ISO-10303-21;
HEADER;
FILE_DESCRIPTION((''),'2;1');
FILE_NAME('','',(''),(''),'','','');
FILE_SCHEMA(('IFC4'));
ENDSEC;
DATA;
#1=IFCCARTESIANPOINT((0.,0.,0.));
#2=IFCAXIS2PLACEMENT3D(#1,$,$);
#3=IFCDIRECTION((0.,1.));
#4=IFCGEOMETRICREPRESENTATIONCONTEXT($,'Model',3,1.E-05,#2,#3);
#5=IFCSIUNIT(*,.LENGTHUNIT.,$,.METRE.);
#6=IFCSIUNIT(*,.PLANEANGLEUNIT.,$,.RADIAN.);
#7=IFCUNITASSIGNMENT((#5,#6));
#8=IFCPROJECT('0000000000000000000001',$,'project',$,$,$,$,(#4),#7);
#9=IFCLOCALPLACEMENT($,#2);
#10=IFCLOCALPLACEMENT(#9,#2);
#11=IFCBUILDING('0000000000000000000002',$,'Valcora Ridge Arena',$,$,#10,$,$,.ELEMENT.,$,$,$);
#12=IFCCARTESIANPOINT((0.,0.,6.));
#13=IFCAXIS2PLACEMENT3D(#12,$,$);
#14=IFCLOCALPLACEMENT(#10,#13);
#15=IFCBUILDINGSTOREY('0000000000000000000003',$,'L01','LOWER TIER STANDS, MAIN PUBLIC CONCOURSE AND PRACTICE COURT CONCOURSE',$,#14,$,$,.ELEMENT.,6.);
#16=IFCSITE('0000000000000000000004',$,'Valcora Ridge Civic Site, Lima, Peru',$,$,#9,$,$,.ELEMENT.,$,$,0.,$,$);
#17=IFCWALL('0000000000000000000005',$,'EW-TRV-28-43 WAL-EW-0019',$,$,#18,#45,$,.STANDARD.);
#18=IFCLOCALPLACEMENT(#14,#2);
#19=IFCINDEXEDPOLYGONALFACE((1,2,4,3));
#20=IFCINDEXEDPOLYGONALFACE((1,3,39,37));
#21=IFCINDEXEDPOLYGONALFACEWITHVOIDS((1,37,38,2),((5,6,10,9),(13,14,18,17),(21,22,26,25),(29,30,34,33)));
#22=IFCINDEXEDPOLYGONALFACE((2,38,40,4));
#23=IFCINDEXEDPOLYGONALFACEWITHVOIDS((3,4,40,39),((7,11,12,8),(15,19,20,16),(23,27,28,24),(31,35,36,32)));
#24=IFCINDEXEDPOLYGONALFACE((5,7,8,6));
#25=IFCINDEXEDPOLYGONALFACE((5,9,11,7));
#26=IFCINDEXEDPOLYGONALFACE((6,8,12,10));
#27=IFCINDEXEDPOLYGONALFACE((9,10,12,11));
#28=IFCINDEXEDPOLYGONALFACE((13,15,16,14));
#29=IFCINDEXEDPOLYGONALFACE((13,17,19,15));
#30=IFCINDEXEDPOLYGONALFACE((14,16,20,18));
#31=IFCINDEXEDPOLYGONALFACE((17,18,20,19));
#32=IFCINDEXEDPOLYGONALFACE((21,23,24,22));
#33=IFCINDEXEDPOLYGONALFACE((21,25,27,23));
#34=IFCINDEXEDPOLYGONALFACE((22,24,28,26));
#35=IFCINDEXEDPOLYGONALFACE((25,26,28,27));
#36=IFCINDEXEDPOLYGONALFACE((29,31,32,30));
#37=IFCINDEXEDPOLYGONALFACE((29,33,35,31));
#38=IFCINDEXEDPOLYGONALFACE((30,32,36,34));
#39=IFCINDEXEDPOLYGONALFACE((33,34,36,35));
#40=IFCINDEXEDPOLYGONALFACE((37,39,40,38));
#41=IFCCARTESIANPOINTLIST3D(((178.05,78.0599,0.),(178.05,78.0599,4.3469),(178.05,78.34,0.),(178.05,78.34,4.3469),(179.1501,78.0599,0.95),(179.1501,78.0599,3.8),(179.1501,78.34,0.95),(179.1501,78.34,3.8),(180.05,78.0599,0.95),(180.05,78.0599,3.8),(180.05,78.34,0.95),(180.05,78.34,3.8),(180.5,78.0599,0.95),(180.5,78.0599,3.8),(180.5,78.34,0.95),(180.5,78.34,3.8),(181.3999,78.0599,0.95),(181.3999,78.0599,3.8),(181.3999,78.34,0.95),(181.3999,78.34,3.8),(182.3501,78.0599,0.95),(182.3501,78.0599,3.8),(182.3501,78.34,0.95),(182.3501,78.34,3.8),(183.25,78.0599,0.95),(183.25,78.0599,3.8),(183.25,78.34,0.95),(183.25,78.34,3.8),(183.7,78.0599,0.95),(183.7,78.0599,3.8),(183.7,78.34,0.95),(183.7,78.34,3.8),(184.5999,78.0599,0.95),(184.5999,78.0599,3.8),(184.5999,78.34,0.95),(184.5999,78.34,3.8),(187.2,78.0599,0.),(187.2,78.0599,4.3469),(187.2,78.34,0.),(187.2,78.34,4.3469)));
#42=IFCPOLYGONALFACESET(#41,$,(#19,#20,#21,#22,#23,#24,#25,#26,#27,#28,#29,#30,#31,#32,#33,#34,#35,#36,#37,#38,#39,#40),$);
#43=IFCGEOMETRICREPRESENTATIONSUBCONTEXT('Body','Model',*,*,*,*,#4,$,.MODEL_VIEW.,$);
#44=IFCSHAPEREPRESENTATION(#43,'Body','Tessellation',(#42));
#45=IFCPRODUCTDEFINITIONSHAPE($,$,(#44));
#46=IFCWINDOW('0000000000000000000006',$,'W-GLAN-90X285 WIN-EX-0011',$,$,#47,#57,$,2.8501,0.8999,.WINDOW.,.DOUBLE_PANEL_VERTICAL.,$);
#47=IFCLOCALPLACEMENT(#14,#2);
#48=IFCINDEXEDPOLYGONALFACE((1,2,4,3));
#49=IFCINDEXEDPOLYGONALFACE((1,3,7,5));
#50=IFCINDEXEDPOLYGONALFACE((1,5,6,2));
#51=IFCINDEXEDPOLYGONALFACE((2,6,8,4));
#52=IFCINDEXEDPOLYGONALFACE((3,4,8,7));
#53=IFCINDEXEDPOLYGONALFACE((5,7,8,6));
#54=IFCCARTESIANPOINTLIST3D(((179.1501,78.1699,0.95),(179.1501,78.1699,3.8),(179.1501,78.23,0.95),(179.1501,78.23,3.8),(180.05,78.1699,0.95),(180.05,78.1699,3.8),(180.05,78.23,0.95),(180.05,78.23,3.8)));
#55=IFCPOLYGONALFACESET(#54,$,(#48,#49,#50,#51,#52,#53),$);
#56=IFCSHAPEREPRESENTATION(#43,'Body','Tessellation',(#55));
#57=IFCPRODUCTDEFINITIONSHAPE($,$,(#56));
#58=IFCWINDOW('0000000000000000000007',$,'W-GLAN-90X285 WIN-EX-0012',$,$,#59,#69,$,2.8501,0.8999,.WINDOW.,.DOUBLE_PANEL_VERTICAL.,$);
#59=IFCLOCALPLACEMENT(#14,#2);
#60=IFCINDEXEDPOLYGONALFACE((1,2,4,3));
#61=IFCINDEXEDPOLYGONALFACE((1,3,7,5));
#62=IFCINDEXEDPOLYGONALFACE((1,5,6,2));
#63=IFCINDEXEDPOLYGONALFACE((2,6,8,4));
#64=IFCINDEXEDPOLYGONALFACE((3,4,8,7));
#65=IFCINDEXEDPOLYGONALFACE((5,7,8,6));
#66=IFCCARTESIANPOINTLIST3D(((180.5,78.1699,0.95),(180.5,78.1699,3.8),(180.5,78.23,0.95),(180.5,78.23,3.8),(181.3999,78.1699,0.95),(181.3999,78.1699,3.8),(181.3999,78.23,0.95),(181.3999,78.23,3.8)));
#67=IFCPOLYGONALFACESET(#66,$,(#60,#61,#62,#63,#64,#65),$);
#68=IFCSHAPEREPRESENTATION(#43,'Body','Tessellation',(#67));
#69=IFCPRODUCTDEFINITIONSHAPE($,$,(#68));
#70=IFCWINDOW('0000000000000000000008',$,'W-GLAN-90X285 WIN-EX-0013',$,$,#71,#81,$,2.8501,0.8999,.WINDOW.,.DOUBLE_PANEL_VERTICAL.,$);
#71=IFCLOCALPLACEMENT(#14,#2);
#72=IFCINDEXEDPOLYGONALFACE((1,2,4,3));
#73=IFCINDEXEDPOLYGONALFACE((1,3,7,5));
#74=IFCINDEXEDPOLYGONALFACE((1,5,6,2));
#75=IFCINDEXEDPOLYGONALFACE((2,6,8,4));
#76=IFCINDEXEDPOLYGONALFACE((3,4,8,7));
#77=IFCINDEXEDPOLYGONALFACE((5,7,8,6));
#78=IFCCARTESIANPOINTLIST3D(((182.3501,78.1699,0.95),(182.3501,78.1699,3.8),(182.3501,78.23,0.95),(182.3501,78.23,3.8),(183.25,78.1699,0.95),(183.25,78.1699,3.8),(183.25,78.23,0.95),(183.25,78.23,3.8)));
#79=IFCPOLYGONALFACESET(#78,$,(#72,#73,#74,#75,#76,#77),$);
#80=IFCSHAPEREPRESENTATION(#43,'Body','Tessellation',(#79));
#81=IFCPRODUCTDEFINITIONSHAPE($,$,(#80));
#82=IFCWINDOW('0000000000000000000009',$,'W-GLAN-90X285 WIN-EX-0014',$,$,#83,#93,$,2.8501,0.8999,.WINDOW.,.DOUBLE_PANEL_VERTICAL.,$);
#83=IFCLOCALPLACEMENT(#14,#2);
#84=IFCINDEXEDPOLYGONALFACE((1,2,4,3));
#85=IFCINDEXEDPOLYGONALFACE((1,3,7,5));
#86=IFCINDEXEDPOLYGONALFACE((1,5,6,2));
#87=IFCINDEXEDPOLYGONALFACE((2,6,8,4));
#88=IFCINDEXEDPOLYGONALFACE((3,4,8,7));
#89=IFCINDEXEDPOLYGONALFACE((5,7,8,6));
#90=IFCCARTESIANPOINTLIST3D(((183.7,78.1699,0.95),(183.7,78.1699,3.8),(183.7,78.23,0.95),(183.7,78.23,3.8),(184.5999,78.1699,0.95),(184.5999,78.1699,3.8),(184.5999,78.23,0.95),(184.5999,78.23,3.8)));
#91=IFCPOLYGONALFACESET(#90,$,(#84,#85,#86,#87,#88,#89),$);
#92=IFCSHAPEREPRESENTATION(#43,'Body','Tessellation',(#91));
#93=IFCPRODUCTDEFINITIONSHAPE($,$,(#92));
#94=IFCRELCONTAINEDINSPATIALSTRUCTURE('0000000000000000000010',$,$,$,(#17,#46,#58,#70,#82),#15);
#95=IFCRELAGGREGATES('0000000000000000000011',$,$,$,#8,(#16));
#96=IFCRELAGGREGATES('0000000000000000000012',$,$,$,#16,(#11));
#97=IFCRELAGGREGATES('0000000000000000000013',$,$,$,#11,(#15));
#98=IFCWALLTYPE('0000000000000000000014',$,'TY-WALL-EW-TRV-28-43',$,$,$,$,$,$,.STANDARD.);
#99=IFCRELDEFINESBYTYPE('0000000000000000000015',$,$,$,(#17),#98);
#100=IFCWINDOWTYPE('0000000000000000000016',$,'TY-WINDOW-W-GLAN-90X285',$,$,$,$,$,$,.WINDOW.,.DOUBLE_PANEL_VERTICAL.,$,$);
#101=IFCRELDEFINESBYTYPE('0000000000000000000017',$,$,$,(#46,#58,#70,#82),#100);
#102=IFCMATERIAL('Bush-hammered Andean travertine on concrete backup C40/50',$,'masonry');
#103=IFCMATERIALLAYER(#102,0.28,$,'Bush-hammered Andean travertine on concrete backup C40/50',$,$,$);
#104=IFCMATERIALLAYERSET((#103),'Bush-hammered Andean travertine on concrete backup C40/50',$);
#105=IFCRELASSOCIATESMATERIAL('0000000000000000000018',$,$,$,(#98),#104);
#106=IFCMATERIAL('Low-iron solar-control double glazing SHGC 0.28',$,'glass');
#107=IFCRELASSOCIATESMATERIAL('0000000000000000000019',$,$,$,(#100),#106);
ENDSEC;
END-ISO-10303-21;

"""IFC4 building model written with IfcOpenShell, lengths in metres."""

from ifc_helpers import new_model, si_unit, direction, frame, frame_2d, origin, place, context, subcontext, project, spatial, rectangle, extrude, material, layer, layer_set, type_object, element, fill, save


model = new_model("IFC4")

# Units and contexts
model_context = context("Model", 3, precision=1e-05, world=origin(), true_north=direction((0.0, 1.0)))
body_context = subcontext(model_context, "Body", "Model", "MODEL_VIEW")
ifc_project = project(units=[si_unit("LENGTHUNIT", "METRE"), si_unit("PLANEANGLEUNIT", "RADIAN")], contexts=[model_context])

# Site, building, storey
site_placement = place(None, origin())
site = spatial("IfcSite", under=ifc_project, at=site_placement, Name="Valcora Ridge Civic Site, Lima, Peru", CompositionType="ELEMENT", RefElevation=0.0)
building_placement = place(site_placement, origin())
building = spatial("IfcBuilding", under=site, at=building_placement, Name="Valcora Ridge Arena", CompositionType="ELEMENT")
storey_placement = place(building_placement, frame((0.0, 0.0, 6.0)))
storey = spatial("IfcBuildingStorey", under=building, at=storey_placement, Name="L01", Description="LOWER TIER STANDS, MAIN PUBLIC CONCOURSE AND PRACTICE COURT CONCOURSE", CompositionType="ELEMENT", Elevation=6.0)

# Shared definitions
ifc_material_1 = material(Name="Low-iron solar-control double glazing SHGC 0.28", Category="glass")

# Wall, openings, windows
ifc_material_2 = material(Name="Bush-hammered Andean travertine on concrete backup C40/50", Category="masonry")
ifc_layer_1 = layer(ifc_material_2, 0.28, Name="Bush-hammered Andean travertine on concrete backup C40/50")
ifc_layer_set_1 = layer_set([ifc_layer_1], Name="Bush-hammered Andean travertine on concrete backup C40/50")
wall_type = type_object("IfcWallType", Name="TY-WALL-EW-TRV-28-43", PredefinedType="STANDARD", material=ifc_layer_set_1)
wall_placement = place(storey_placement, frame((178.05, 78.2, 0.0), z_axis=(0.0, 0.0, 1.0), x_axis=(1.0, 0.0, 0.0)))
wall = element("IfcWall", 1, at=wall_placement, inside=storey, type_object=wall_type, Name="EW-TRV-28-43 WAL-EW-0019", PredefinedType="STANDARD", context=body_context, shape_type="SweptSolid", body=[
    extrude(rectangle(XDim=9.1499, YDim=0.28, at=frame_2d((4.575, 0.0))), origin(), (0.0, 0.0, 1.0), 4.3469),
])
opening_1_placement = place(wall_placement, frame((1.1001, 0.0, 0.95)))
opening_1 = element("IfcOpeningElement", 2, at=opening_1_placement, cuts=wall, PredefinedType="OPENING", context=body_context, shape_type="SweptSolid", body=[
    extrude(rectangle(XDim=0.8999, YDim=2.8501, at=frame_2d((0.45, 1.425))), frame((0.0, 0.1499, 0.0), z_axis=(0.0, -1.0, 0.0), x_axis=(1.0, 0.0, 0.0)), (0.0, 0.0, 1.0), 0.3),
])
opening_2_placement = place(wall_placement, frame((2.45, 0.0, 0.95)))
opening_2 = element("IfcOpeningElement", 3, at=opening_2_placement, cuts=wall, PredefinedType="OPENING", context=body_context, shape_type="SweptSolid", body=[
    extrude(rectangle(XDim=0.8999, YDim=2.8501, at=frame_2d((0.45, 1.425))), frame((0.0, 0.1499, 0.0), z_axis=(0.0, -1.0, 0.0), x_axis=(1.0, 0.0, 0.0)), (0.0, 0.0, 1.0), 0.3),
])
opening_3_placement = place(wall_placement, frame((4.3, 0.0, 0.95)))
opening_3 = element("IfcOpeningElement", 4, at=opening_3_placement, cuts=wall, PredefinedType="OPENING", context=body_context, shape_type="SweptSolid", body=[
    extrude(rectangle(XDim=0.8999, YDim=2.8501, at=frame_2d((0.45, 1.425))), frame((0.0, 0.1499, 0.0), z_axis=(0.0, -1.0, 0.0), x_axis=(1.0, 0.0, 0.0)), (0.0, 0.0, 1.0), 0.3),
])
opening_4_placement = place(wall_placement, frame((5.6499, 0.0, 0.95)))
opening_4 = element("IfcOpeningElement", 5, at=opening_4_placement, cuts=wall, PredefinedType="OPENING", context=body_context, shape_type="SweptSolid", body=[
    extrude(rectangle(XDim=0.8999, YDim=2.8501, at=frame_2d((0.45, 1.425))), frame((0.0, 0.1499, 0.0), z_axis=(0.0, -1.0, 0.0), x_axis=(1.0, 0.0, 0.0)), (0.0, 0.0, 1.0), 0.3),
])
window_type = type_object("IfcWindowType", Name="TY-WINDOW-W-GLAN-90X285", PartitioningType="DOUBLE_PANEL_VERTICAL", PredefinedType="WINDOW", material=ifc_material_1)
window_1_placement = place(opening_1_placement, origin())
window_1 = element("IfcWindow", 6, at=window_1_placement, inside=storey, type_object=window_type, Name="W-GLAN-90X285 WIN-EX-0011", OverallHeight=2.8501, OverallWidth=0.8999, PartitioningType="DOUBLE_PANEL_VERTICAL", PredefinedType="WINDOW", context=body_context, shape_type="SweptSolid", body=[
    extrude(rectangle(XDim=0.8999, YDim=2.8501, at=frame_2d((0.45, 1.425))), frame((0.0, 0.03, 0.0), z_axis=(0.0, -1.0, 0.0), x_axis=(1.0, 0.0, 0.0)), (0.0, 0.0, 1.0), 0.0601),
])
fill(opening_1, window_1)
window_2_placement = place(opening_2_placement, origin())
window_2 = element("IfcWindow", 7, at=window_2_placement, inside=storey, type_object=window_type, Name="W-GLAN-90X285 WIN-EX-0012", OverallHeight=2.8501, OverallWidth=0.8999, PartitioningType="DOUBLE_PANEL_VERTICAL", PredefinedType="WINDOW", context=body_context, shape_type="SweptSolid", body=[
    extrude(rectangle(XDim=0.8999, YDim=2.8501, at=frame_2d((0.45, 1.425))), frame((0.0, 0.03, 0.0), z_axis=(0.0, -1.0, 0.0), x_axis=(1.0, 0.0, 0.0)), (0.0, 0.0, 1.0), 0.0601),
])
fill(opening_2, window_2)
window_3_placement = place(opening_3_placement, origin())
window_3 = element("IfcWindow", 8, at=window_3_placement, inside=storey, type_object=window_type, Name="W-GLAN-90X285 WIN-EX-0013", OverallHeight=2.8501, OverallWidth=0.8999, PartitioningType="DOUBLE_PANEL_VERTICAL", PredefinedType="WINDOW", context=body_context, shape_type="SweptSolid", body=[
    extrude(rectangle(XDim=0.8999, YDim=2.8501, at=frame_2d((0.45, 1.425))), frame((0.0, 0.03, 0.0), z_axis=(0.0, -1.0, 0.0), x_axis=(1.0, 0.0, 0.0)), (0.0, 0.0, 1.0), 0.0601),
])
fill(opening_3, window_3)
window_4_placement = place(opening_4_placement, origin())
window_4 = element("IfcWindow", 9, at=window_4_placement, inside=storey, type_object=window_type, Name="W-GLAN-90X285 WIN-EX-0014", OverallHeight=2.8501, OverallWidth=0.8999, PartitioningType="DOUBLE_PANEL_VERTICAL", PredefinedType="WINDOW", context=body_context, shape_type="SweptSolid", body=[
    extrude(rectangle(XDim=0.8999, YDim=2.8501, at=frame_2d((0.45, 1.425))), frame((0.0, 0.03, 0.0), z_axis=(0.0, -1.0, 0.0), x_axis=(1.0, 0.0, 0.0)), (0.0, 0.0, 1.0), 0.0601),
])
fill(opening_4, window_4)

save(model, "model.ifc")
